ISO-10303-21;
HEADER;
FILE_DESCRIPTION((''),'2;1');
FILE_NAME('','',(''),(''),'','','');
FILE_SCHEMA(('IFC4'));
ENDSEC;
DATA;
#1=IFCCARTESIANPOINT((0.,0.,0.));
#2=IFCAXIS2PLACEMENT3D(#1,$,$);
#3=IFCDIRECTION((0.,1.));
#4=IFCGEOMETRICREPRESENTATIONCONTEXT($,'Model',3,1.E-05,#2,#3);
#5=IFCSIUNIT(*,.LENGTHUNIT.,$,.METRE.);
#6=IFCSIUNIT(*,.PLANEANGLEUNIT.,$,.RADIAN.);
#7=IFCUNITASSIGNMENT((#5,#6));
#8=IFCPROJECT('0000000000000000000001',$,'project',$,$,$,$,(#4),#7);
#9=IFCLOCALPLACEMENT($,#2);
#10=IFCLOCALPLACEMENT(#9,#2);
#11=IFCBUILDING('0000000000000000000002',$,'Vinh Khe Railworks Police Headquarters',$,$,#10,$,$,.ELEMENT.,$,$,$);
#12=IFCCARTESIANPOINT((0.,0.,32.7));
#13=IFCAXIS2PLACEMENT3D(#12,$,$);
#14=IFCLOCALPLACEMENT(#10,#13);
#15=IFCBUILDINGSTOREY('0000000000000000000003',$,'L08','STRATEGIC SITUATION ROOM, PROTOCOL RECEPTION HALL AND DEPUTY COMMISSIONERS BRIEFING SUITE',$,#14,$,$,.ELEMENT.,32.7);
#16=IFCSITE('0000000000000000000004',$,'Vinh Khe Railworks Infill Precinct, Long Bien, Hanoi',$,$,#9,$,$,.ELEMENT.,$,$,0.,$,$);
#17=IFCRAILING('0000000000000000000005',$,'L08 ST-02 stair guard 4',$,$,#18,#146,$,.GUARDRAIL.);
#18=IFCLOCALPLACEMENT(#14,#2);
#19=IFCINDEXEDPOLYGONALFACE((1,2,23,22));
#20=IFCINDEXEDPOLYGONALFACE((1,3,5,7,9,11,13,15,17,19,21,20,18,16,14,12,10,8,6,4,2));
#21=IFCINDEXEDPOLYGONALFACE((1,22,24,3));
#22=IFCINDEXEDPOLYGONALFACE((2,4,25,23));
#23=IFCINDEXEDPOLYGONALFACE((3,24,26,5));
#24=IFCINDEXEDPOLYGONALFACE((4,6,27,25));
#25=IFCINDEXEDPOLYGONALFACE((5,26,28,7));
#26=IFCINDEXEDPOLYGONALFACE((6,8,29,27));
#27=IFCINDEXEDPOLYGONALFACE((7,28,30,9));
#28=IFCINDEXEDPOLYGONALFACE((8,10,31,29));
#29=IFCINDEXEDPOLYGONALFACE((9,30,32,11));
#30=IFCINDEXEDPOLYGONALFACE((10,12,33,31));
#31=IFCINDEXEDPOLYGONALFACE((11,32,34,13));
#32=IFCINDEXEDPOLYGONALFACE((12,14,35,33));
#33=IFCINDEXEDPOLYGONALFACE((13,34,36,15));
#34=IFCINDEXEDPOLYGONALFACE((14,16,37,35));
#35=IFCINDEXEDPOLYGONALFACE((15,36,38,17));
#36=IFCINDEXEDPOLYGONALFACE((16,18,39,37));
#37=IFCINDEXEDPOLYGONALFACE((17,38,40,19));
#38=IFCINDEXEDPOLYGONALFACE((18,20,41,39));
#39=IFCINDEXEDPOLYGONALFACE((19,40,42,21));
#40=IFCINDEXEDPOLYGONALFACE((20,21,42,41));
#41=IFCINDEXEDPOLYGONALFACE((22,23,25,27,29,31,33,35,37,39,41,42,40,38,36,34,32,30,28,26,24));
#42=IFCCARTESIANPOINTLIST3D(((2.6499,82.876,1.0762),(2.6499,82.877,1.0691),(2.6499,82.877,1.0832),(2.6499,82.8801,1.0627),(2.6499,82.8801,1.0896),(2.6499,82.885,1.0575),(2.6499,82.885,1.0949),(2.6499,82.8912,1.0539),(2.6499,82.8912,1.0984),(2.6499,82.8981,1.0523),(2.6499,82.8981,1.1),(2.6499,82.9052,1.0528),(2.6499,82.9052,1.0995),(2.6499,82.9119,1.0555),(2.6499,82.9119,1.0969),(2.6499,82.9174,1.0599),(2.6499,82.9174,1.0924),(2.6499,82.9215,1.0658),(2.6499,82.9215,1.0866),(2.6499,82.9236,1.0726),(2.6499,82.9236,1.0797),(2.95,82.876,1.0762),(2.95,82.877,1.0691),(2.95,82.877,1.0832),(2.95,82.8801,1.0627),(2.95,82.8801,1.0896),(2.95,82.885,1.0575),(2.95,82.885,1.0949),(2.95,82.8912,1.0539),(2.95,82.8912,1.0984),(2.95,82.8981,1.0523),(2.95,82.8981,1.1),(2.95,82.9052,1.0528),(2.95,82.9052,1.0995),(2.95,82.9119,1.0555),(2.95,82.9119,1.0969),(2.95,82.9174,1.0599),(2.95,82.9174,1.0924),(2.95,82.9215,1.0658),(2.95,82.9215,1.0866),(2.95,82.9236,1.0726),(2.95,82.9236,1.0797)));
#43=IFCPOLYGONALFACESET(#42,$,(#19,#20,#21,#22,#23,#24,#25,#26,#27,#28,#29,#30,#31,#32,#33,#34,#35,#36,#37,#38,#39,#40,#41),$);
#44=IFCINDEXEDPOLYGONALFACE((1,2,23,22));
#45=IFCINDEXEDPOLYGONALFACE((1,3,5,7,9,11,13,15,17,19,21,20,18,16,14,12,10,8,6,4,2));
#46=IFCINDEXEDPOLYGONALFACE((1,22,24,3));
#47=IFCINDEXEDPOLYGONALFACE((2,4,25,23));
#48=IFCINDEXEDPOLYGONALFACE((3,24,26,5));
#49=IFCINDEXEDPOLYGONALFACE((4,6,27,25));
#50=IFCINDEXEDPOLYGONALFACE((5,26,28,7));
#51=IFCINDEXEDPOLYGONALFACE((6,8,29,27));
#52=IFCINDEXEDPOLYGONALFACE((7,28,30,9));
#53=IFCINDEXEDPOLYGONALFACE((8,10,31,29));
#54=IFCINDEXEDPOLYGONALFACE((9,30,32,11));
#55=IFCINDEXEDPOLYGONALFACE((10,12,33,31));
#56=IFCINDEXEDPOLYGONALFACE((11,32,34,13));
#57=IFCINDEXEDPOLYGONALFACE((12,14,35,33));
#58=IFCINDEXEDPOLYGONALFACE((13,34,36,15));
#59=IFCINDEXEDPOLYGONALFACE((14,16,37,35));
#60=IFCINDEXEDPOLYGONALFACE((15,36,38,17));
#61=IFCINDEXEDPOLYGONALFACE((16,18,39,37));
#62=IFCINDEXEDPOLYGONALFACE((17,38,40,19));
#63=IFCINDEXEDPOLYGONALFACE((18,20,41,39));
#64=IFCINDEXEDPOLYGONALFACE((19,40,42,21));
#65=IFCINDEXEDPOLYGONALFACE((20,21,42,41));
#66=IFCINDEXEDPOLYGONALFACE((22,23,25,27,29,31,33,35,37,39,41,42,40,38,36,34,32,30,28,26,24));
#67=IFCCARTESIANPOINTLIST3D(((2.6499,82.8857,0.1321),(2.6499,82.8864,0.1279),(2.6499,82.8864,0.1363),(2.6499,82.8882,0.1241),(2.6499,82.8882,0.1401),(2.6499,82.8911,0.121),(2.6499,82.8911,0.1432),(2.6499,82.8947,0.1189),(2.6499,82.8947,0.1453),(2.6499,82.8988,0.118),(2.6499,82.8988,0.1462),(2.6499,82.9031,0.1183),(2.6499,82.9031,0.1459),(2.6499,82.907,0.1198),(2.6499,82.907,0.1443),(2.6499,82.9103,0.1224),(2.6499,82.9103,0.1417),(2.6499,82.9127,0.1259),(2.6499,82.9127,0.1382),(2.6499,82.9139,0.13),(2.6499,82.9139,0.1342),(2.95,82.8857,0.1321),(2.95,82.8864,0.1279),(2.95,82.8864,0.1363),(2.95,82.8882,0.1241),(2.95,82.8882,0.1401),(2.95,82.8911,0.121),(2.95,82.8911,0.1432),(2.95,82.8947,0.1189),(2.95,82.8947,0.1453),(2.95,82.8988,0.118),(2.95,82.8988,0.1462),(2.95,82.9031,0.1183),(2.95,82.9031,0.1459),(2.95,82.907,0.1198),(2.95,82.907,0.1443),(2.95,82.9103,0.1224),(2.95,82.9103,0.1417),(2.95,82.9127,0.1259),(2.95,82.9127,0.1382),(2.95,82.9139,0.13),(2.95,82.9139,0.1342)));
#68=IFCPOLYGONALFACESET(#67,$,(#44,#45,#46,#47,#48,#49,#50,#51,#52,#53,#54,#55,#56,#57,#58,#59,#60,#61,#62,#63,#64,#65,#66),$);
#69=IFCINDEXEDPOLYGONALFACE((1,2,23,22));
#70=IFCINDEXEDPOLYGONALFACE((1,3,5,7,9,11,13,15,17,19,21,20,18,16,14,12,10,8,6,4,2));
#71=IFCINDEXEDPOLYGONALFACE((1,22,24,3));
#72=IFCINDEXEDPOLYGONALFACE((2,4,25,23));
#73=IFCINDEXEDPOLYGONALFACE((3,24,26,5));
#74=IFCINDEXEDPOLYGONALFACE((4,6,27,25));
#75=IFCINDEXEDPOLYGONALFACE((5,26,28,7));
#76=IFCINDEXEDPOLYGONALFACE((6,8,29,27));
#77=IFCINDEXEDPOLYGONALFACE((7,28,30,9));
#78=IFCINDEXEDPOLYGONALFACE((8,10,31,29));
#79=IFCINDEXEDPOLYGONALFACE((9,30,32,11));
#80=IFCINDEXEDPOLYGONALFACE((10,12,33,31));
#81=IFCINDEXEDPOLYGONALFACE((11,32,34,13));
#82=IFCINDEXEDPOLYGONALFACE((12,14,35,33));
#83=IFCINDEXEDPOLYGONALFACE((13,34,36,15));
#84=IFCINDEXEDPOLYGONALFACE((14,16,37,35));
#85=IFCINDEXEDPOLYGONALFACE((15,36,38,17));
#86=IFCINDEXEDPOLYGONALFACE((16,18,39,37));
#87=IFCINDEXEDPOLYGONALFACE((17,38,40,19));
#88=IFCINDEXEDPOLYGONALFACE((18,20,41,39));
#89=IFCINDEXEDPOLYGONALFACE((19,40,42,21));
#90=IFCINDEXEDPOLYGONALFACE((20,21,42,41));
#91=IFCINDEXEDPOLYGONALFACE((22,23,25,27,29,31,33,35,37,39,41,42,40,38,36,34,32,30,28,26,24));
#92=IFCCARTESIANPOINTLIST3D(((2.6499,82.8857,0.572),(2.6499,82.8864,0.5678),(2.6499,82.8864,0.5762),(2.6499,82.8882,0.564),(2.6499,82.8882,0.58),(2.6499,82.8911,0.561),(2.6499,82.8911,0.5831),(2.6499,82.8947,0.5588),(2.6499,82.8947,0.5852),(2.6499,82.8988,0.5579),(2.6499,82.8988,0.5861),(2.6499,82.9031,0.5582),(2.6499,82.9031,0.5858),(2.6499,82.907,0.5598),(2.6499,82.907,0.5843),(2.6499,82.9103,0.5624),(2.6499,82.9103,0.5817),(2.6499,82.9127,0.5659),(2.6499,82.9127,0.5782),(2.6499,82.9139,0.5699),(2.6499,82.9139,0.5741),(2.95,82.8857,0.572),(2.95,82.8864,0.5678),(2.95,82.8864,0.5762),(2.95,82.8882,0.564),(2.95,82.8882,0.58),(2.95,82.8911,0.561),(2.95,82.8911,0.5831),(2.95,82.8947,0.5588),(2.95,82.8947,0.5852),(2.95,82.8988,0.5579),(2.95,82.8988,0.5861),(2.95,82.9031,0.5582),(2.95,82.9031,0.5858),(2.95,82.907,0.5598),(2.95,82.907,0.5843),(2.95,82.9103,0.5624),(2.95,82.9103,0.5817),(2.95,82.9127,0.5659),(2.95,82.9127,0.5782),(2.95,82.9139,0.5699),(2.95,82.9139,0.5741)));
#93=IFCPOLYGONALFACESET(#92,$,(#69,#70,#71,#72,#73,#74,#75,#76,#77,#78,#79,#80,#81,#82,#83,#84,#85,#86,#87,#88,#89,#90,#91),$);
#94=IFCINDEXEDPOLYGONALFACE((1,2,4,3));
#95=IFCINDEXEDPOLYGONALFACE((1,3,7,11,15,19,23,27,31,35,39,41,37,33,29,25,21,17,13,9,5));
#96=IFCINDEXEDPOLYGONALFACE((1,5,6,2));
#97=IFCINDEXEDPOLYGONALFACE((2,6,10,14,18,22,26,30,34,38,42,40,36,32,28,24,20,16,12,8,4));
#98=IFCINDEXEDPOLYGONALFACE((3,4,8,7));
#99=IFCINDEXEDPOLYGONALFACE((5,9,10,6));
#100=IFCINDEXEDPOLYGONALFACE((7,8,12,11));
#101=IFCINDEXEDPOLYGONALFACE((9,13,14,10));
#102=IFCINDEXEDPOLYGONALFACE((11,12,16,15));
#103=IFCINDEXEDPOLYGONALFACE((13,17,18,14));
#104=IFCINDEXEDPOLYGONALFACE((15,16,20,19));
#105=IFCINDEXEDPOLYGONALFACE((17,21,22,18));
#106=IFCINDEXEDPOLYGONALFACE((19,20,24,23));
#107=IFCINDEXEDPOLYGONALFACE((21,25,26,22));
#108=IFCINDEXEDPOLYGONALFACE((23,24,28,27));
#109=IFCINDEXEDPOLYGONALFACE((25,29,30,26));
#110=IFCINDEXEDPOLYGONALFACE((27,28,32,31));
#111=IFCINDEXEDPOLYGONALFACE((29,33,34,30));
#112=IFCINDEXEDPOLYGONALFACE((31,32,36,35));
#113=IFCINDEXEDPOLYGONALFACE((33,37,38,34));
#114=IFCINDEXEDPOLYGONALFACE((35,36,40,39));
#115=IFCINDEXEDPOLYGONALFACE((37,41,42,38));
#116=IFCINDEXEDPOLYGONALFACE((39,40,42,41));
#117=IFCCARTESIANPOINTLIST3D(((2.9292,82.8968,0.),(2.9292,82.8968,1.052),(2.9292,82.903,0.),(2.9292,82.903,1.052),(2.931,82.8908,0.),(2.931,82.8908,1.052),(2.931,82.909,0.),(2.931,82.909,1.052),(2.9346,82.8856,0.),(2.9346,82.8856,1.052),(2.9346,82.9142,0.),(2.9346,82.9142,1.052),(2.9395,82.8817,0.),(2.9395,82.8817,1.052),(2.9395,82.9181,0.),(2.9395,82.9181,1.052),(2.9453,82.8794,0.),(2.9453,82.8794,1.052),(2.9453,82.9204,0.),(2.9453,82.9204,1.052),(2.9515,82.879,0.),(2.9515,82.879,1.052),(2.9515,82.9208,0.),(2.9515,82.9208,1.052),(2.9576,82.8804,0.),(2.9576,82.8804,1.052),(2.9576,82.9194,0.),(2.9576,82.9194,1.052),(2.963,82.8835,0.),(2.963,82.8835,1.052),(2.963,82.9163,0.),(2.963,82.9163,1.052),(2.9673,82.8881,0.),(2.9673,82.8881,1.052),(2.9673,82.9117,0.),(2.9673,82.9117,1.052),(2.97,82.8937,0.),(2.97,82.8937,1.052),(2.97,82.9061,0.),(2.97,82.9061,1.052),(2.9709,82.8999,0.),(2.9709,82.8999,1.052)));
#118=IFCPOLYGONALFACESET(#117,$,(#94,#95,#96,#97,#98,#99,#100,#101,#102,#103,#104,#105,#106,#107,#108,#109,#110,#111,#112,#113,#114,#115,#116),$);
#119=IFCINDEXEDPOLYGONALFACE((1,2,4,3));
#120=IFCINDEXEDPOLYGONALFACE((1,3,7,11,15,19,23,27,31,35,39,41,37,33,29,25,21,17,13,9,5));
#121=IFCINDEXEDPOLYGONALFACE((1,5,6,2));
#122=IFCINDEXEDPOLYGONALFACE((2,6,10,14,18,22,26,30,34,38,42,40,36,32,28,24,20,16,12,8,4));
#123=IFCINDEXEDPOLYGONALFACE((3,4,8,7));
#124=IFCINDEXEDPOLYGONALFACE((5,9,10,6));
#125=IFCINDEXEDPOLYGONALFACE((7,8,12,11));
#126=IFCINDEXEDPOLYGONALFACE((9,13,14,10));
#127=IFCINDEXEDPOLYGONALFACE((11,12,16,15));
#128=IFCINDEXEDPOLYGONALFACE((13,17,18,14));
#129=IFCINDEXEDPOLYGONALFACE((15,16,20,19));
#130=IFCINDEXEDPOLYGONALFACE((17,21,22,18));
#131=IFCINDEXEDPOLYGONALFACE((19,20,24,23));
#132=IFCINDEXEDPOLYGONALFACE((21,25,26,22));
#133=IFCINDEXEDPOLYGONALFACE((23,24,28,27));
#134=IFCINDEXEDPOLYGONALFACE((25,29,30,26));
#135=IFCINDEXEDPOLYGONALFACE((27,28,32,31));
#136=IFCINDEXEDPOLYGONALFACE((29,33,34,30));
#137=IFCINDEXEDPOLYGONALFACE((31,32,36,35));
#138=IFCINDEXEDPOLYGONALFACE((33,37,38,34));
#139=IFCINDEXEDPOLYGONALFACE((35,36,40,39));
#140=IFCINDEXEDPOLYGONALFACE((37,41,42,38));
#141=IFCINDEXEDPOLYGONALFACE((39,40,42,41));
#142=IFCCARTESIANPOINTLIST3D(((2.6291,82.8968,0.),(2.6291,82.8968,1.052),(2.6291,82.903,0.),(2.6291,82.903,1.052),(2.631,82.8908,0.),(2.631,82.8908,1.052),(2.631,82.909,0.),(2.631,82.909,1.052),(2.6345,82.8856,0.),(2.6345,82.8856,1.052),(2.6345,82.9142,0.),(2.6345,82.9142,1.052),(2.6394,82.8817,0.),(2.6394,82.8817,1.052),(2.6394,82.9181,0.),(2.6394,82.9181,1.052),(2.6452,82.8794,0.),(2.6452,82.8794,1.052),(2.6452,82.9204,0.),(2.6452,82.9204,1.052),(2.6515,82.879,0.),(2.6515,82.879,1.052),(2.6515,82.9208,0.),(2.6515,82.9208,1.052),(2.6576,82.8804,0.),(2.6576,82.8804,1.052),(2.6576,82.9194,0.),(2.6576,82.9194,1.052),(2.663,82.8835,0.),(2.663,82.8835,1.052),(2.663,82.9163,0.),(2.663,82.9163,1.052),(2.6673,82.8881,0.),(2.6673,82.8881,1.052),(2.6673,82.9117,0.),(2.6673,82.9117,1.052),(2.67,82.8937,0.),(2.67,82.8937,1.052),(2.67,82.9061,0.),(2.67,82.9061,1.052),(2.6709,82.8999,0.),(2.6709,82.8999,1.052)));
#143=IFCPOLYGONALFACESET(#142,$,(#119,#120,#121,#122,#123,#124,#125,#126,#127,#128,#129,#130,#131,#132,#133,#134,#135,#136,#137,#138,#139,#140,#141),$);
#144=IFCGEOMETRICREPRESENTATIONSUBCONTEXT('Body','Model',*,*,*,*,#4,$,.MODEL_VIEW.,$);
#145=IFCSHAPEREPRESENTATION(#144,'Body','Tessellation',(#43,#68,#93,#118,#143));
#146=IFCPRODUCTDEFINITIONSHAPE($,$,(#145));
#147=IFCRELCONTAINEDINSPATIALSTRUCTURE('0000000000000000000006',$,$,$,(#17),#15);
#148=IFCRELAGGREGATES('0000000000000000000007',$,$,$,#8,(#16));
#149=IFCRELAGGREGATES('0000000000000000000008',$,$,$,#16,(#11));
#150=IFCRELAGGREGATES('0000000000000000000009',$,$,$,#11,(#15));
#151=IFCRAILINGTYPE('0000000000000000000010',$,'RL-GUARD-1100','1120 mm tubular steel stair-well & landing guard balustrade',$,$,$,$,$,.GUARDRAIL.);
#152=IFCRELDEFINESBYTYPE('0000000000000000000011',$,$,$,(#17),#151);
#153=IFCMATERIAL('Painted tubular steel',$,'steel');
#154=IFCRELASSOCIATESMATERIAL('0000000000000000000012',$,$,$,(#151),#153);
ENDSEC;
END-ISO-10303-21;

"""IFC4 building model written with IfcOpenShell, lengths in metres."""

from ifc_helpers import new_model, si_unit, direction, frame, origin, origin_2d, place, context, subcontext, project, spatial, circle, extrude, material, type_object, element, save


model = new_model("IFC4")

# Units and contexts
model_context = context("Model", 3, precision=1e-05, world=origin(), true_north=direction((0.0, 1.0)))
body_context = subcontext(model_context, "Body", "Model", "MODEL_VIEW")
ifc_project = project(units=[si_unit("LENGTHUNIT", "METRE"), si_unit("PLANEANGLEUNIT", "RADIAN")], contexts=[model_context])

# Site, building, storey
site_placement = place(None, origin())
site = spatial("IfcSite", under=ifc_project, at=site_placement, Name="Vinh Khe Railworks Infill Precinct, Long Bien, Hanoi", CompositionType="ELEMENT", RefElevation=0.0)
building_placement = place(site_placement, origin())
building = spatial("IfcBuilding", under=site, at=building_placement, Name="Vinh Khe Railworks Police Headquarters", CompositionType="ELEMENT")
storey_placement = place(building_placement, frame((0.0, 0.0, 32.7)))
storey = spatial("IfcBuildingStorey", under=building, at=storey_placement, Name="L08", Description="STRATEGIC SITUATION ROOM, PROTOCOL RECEPTION HALL AND DEPUTY COMMISSIONERS BRIEFING SUITE", CompositionType="ELEMENT", Elevation=32.7)

# Railing
ifc_material_1 = material(Name="Painted tubular steel", Category="steel")
railing_type_1 = type_object("IfcRailingType", Name="RL-GUARD-1100", Description="1120 mm tubular steel stair-well & landing guard balustrade", PredefinedType="GUARDRAIL", material=ifc_material_1)
railing_1_placement = place(storey_placement, frame((2.95, 82.8999, 0.0)))
element("IfcRailing", 1, at=railing_1_placement, inside=storey, type_object=railing_type_1, Name="L08 ST-02 stair guard 4", PredefinedType="GUARDRAIL", context=body_context, shape_type="SweptSolid", body=[
    extrude(circle(Radius=0.0239, at=origin_2d()), frame((0.0, 0.0, 1.0762), z_axis=(-1.0, 0.0, 0.0), x_axis=(0.0, -1.0, 0.0)), (0.0, 0.0, 1.0), 0.3),
    extrude(circle(Radius=0.0142, at=origin_2d()), frame((0.0, 0.0, 0.1321), z_axis=(-1.0, 0.0, 0.0), x_axis=(0.0, -1.0, 0.0)), (0.0, 0.0, 1.0), 0.3),
    extrude(circle(Radius=0.0142, at=origin_2d()), frame((0.0, 0.0, 0.572), z_axis=(-1.0, 0.0, 0.0), x_axis=(0.0, -1.0, 0.0)), (0.0, 0.0, 1.0), 0.3),
    extrude(circle(Radius=0.021, at=origin_2d()), origin(), (0.0, 0.0, 1.0), 1.052),
    extrude(circle(Radius=0.021, at=origin_2d()), frame((-0.3, 0.0, 0.0)), (0.0, 0.0, 1.0), 1.052),
])

save(model, "model.ifc")
